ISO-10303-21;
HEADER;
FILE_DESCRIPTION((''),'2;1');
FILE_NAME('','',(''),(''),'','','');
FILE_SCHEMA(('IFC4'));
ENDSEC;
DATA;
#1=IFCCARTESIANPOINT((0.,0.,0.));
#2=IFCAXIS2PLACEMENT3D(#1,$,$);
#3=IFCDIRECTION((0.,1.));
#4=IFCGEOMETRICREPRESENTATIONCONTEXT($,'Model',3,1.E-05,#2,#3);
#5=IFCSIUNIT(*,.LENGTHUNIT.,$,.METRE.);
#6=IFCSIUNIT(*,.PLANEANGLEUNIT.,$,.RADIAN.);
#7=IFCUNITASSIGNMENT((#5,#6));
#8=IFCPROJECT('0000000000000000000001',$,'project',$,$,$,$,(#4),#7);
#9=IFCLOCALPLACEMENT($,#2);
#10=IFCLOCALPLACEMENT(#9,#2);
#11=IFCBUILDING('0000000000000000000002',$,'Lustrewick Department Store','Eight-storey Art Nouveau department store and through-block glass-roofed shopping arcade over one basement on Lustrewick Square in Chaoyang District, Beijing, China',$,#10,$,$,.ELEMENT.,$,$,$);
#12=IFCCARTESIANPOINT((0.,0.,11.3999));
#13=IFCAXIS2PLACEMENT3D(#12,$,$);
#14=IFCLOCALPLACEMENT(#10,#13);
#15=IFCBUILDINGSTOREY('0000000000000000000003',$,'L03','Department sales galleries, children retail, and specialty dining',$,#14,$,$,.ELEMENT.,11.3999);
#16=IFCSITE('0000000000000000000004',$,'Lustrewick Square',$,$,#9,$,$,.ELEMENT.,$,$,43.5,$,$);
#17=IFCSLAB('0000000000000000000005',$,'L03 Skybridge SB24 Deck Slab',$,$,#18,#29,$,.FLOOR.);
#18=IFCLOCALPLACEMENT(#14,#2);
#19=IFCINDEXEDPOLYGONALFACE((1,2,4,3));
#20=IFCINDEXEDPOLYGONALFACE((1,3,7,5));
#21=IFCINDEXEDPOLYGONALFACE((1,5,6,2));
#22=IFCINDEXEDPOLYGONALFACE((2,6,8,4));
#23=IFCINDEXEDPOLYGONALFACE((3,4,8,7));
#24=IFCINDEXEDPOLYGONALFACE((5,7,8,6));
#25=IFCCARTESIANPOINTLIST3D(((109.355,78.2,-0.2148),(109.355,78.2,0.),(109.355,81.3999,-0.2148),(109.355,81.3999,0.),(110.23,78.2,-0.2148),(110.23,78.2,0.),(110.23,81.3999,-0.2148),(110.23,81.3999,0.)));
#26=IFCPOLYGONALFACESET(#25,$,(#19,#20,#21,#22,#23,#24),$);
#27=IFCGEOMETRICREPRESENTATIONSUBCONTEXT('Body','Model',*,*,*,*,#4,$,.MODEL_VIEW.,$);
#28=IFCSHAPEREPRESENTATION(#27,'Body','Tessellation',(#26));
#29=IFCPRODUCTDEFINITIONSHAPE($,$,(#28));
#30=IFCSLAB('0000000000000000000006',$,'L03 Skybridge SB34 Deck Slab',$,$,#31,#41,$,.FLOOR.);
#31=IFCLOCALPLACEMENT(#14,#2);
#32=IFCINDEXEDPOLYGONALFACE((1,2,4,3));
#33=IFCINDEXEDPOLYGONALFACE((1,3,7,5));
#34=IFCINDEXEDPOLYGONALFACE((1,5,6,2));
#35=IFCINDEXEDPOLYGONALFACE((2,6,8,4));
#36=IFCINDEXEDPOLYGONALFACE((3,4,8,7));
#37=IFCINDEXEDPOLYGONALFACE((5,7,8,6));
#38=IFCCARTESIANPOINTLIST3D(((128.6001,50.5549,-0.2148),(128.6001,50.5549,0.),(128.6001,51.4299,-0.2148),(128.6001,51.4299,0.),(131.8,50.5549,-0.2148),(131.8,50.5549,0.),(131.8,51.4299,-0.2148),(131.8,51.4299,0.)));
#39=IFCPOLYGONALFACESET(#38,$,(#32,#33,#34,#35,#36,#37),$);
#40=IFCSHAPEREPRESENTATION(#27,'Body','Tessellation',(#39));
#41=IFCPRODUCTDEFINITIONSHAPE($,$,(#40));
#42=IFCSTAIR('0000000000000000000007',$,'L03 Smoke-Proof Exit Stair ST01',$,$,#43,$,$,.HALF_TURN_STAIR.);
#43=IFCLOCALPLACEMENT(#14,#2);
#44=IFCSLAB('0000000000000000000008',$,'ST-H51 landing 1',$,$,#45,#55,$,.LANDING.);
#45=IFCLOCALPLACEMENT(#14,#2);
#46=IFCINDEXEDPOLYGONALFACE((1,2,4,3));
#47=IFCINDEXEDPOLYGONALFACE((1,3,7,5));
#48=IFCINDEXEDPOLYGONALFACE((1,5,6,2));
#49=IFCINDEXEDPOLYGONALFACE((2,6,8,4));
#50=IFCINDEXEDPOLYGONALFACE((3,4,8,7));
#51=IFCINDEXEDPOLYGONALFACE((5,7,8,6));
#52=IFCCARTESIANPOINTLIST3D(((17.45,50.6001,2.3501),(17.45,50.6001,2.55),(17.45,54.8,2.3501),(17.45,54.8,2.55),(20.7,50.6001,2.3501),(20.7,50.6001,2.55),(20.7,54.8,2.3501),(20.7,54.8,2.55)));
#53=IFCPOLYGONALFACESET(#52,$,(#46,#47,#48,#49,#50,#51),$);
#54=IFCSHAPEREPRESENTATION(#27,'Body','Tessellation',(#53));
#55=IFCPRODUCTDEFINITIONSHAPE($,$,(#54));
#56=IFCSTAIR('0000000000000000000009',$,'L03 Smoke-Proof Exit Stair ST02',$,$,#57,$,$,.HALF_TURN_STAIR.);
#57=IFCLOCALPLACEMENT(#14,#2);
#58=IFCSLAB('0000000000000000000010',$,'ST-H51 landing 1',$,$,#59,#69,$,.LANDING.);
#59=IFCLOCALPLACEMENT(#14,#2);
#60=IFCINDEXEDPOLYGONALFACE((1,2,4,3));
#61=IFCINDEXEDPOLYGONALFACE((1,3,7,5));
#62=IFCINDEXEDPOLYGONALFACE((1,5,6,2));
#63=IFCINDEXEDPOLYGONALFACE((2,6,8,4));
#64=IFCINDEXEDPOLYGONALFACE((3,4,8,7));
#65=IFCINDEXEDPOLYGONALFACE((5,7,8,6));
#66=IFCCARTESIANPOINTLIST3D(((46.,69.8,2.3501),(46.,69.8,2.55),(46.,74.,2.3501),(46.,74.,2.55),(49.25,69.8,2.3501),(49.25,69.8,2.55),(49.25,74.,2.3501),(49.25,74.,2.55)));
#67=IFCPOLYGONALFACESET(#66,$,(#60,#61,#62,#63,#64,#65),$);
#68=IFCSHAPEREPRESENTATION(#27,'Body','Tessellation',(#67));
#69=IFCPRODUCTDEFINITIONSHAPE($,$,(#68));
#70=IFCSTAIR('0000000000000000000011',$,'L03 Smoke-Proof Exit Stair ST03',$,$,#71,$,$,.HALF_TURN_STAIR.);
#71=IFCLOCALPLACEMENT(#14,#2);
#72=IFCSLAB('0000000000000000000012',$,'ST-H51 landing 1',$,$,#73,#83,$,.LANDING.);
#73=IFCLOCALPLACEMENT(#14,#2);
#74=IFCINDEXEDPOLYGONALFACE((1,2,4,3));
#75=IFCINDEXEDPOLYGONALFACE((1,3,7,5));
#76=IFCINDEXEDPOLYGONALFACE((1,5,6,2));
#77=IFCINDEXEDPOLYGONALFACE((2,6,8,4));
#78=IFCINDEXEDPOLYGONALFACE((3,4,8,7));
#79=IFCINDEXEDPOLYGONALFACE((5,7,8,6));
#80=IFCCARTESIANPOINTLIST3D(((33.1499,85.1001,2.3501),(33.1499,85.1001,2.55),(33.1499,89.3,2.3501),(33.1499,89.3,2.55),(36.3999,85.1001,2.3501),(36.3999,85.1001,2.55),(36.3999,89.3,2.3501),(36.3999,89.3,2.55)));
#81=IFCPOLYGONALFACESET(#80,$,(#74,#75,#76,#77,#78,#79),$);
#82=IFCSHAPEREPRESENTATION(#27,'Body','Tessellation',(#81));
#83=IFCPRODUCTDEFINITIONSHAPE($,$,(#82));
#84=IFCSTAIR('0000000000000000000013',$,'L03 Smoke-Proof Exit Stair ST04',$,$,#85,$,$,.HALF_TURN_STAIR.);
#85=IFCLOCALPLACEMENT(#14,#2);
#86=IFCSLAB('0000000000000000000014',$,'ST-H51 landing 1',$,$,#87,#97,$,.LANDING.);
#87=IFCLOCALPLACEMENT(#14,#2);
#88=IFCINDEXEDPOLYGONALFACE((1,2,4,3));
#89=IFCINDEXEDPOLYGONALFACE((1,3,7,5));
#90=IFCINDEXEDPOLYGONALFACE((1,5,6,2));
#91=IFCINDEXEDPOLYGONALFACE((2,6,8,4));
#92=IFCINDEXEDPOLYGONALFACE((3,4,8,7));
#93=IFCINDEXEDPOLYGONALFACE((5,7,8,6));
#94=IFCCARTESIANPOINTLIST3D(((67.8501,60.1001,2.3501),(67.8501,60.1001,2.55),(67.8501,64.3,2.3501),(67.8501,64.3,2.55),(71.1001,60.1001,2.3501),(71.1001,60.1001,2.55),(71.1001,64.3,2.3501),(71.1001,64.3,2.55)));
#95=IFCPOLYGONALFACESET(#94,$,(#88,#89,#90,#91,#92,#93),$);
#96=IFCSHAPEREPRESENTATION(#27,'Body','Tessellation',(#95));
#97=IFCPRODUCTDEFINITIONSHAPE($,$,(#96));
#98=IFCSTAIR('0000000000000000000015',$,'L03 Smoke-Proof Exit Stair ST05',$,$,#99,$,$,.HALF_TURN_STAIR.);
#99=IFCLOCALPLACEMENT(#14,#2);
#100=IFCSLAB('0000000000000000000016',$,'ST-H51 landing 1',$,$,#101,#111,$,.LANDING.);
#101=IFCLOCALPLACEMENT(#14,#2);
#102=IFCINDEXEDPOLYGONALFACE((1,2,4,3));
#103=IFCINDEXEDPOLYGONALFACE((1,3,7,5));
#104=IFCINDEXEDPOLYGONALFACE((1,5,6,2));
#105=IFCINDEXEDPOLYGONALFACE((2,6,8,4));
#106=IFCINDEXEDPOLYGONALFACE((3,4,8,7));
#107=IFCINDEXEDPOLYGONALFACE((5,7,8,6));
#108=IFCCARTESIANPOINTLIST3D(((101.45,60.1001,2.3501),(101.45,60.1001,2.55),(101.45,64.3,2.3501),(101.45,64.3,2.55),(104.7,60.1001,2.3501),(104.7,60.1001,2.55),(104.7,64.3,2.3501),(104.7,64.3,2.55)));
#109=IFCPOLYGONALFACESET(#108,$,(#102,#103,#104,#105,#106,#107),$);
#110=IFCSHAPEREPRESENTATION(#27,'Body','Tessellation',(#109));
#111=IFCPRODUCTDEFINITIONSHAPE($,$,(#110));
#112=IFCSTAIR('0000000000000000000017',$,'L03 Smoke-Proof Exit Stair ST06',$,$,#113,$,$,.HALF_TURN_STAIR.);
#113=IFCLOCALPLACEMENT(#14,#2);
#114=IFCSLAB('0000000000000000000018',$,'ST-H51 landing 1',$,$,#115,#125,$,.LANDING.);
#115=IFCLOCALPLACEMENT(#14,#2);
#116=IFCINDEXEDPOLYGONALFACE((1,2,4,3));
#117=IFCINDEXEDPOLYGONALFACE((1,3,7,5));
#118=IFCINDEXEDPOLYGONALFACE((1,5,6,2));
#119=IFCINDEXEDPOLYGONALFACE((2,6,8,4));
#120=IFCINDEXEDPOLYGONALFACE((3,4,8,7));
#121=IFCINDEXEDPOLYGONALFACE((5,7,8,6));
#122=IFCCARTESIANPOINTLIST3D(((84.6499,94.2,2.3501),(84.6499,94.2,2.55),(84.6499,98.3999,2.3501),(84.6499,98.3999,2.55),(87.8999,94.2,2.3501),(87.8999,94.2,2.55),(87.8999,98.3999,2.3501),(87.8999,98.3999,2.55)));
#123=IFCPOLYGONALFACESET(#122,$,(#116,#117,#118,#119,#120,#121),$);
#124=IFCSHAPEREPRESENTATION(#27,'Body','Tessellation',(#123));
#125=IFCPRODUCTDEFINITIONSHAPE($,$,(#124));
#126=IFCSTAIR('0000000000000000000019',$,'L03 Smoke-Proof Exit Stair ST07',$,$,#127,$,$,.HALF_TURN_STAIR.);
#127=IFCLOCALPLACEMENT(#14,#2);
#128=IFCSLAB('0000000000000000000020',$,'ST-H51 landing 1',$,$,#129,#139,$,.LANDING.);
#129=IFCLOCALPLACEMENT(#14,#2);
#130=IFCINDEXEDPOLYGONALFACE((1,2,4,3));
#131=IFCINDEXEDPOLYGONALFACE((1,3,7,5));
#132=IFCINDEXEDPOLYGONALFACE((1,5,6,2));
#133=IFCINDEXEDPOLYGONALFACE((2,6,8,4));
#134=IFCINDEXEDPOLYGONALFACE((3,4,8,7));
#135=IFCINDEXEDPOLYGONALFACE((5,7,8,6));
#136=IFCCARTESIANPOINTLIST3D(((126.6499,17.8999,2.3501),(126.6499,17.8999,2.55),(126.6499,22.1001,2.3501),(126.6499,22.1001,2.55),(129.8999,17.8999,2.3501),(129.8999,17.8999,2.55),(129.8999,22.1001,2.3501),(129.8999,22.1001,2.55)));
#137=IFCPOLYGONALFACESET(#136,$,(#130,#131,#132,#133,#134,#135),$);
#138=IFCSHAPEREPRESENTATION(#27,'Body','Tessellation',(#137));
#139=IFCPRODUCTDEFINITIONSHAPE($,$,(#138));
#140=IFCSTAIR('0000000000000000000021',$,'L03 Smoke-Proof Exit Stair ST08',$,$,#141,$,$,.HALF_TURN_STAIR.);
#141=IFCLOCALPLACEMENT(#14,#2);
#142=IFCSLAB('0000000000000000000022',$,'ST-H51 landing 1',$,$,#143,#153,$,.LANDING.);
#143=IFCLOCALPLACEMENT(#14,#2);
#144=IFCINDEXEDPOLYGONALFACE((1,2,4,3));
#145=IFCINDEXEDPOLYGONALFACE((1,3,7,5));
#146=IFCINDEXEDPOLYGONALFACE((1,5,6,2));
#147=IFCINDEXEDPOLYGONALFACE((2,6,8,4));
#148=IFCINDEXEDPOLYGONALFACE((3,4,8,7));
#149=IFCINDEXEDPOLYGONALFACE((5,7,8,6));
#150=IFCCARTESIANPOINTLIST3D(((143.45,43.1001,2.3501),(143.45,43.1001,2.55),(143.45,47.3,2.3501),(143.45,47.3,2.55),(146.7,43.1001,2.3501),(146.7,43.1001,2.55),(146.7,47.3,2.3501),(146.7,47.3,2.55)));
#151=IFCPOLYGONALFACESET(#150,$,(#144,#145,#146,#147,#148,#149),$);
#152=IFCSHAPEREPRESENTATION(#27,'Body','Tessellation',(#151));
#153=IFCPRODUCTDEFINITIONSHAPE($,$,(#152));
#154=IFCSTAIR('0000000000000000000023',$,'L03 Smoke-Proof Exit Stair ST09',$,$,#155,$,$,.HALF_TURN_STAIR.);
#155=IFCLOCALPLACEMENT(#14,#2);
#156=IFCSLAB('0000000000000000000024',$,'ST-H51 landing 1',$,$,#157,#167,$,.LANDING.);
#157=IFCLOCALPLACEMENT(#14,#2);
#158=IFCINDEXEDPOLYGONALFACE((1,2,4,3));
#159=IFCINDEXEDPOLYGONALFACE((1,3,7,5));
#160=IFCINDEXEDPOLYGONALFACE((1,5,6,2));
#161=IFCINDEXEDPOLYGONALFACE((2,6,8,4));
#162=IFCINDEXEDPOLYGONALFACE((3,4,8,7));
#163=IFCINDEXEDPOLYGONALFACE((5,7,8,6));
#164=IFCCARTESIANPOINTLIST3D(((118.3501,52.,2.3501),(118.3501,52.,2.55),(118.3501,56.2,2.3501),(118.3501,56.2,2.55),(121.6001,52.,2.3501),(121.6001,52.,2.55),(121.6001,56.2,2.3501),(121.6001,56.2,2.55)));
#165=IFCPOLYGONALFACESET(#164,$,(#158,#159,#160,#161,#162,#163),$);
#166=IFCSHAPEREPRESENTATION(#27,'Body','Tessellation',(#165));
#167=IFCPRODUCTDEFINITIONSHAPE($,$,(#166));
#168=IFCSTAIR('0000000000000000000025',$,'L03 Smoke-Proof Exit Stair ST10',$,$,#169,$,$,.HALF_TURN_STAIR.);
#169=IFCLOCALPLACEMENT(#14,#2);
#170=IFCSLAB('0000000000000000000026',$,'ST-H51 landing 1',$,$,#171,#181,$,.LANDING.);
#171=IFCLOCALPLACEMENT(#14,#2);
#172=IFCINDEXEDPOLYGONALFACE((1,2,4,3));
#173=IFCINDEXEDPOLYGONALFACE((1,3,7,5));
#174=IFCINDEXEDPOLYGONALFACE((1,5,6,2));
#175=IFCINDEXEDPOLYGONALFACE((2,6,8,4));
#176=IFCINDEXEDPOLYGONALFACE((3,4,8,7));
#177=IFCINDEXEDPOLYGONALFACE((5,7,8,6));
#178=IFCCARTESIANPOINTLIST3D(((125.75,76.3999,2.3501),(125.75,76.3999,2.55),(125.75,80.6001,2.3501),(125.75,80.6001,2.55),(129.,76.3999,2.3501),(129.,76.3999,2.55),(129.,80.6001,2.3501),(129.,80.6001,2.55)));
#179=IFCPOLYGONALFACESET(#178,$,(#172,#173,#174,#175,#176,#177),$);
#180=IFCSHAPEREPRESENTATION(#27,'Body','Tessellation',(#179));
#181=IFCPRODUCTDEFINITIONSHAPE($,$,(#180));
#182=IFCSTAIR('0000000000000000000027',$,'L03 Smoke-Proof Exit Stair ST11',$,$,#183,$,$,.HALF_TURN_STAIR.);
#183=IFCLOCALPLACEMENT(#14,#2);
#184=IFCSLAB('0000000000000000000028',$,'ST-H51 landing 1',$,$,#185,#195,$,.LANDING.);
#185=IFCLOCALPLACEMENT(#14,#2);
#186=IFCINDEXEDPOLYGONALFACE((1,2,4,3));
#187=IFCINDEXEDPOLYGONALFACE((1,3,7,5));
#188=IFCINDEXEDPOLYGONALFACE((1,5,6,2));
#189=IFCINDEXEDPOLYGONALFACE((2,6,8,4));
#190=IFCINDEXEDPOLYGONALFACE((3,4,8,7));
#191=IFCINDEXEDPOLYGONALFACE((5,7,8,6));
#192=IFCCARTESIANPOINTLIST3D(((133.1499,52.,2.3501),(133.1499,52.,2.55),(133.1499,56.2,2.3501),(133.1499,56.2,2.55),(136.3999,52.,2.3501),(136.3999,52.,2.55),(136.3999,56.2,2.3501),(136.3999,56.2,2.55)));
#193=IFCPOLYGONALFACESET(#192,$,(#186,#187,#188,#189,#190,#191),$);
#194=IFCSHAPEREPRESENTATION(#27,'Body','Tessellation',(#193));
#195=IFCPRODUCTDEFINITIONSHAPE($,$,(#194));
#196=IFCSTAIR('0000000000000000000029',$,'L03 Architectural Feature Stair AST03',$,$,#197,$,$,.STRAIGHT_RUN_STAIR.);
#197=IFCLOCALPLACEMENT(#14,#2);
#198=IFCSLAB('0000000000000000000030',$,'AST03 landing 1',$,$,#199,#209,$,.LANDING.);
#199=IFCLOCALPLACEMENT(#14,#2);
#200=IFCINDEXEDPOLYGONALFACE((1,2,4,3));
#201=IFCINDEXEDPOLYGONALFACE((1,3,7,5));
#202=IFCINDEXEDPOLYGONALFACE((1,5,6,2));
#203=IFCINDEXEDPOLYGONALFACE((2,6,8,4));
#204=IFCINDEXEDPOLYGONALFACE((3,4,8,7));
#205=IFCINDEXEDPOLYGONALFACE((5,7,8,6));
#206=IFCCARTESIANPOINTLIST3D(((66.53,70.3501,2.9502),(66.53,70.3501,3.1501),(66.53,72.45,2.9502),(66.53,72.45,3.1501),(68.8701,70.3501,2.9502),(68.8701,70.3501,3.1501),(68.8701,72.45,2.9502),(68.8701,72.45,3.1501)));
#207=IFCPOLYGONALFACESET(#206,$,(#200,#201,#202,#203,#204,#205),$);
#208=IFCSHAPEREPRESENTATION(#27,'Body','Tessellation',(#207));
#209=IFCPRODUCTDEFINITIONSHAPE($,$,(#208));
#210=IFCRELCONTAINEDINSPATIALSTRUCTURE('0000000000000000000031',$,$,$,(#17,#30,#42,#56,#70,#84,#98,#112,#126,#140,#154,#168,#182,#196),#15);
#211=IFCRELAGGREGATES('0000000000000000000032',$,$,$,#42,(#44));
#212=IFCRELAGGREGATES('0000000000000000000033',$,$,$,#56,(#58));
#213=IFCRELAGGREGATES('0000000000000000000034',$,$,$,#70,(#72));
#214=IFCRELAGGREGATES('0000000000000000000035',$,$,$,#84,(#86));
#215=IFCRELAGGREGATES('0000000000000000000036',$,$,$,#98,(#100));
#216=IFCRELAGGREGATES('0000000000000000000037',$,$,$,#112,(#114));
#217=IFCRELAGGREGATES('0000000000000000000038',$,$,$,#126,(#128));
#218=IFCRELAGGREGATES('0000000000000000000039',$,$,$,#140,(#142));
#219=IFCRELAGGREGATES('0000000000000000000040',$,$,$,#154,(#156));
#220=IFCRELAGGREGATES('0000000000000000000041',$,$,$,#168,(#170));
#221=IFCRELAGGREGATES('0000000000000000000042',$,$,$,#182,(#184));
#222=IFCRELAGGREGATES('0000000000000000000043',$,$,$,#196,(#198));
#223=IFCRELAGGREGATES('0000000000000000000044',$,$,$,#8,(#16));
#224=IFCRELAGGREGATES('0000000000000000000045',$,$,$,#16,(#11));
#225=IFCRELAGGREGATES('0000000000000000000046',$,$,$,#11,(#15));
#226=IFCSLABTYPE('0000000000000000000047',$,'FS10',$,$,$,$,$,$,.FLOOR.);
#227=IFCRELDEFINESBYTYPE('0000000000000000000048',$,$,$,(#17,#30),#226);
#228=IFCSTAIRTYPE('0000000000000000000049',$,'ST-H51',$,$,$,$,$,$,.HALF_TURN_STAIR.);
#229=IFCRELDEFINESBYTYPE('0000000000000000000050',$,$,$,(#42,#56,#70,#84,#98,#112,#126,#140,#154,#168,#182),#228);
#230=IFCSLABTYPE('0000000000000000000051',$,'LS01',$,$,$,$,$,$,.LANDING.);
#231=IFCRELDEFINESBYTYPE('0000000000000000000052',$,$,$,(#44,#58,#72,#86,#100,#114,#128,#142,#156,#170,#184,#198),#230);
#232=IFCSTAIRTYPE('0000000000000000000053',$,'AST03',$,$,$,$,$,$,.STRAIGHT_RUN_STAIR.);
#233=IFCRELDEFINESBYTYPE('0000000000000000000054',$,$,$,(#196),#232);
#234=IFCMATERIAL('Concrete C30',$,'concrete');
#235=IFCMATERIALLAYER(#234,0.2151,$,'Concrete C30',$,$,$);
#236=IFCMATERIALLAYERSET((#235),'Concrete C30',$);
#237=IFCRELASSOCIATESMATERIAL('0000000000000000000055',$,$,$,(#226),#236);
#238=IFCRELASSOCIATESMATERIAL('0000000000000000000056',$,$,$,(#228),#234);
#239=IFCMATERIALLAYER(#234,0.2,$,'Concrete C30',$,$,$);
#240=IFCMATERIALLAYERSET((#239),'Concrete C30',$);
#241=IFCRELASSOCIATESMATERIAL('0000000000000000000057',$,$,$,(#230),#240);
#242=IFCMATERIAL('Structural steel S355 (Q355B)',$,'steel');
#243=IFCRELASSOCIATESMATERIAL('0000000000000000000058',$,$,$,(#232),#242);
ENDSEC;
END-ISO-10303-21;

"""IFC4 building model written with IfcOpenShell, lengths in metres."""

from ifc_helpers import new_model, si_unit, direction, frame, origin, place, context, subcontext, project, spatial, polyline, outline, extrude, material, layer, layer_set, type_object, element, aggregate, save


model = new_model("IFC4")

# Units and contexts
model_context = context("Model", 3, precision=1e-05, world=origin(), true_north=direction((0.0, 1.0)))
body_context = subcontext(model_context, "Body", "Model", "MODEL_VIEW")
ifc_project = project(units=[si_unit("LENGTHUNIT", "METRE"), si_unit("PLANEANGLEUNIT", "RADIAN")], contexts=[model_context])

# Site, building, storey
site_placement = place(None, origin())
site = spatial("IfcSite", under=ifc_project, at=site_placement, Name="Lustrewick Square", CompositionType="ELEMENT", RefElevation=43.5)
building_placement = place(site_placement, origin())
building = spatial("IfcBuilding", under=site, at=building_placement, Name="Lustrewick Department Store", Description="Eight-storey Art Nouveau department store and through-block glass-roofed shopping arcade over one basement on Lustrewick Square in Chaoyang District, Beijing, China", CompositionType="ELEMENT")
storey_placement = place(building_placement, frame((0.0, 0.0, 11.3999)))
storey = spatial("IfcBuildingStorey", under=building, at=storey_placement, Name="L03", Description="Department sales galleries, children retail, and specialty dining", CompositionType="ELEMENT", Elevation=11.3999)

# Slabs
ifc_material_1 = material(Name="Concrete C30", Category="concrete")
ifc_layer_1 = layer(ifc_material_1, 0.2151, Name="Concrete C30")
ifc_layer_set_1 = layer_set([ifc_layer_1], Name="Concrete C30")
slab_type_1 = type_object("IfcSlabType", Name="FS10", PredefinedType="FLOOR", material=ifc_layer_set_1)
slab_1_placement = place(storey_placement, frame((0.0, 0.0, -0.2148)))
element("IfcSlab", 1, at=slab_1_placement, inside=storey, type_object=slab_type_1, Name="L03 Skybridge SB24 Deck Slab", PredefinedType="FLOOR", context=body_context, shape_type="SweptSolid", body=[
    extrude(outline(polyline([(110.23, 78.2), (110.23, 81.3999), (109.355, 81.3999), (109.355, 78.2), (110.23, 78.2)])), origin(), (0.0, 0.0, 1.0), 0.2148),
])
slab_2_placement = place(storey_placement, frame((0.0, 0.0, -0.2148)))
element("IfcSlab", 2, at=slab_2_placement, inside=storey, type_object=slab_type_1, Name="L03 Skybridge SB34 Deck Slab", PredefinedType="FLOOR", context=body_context, shape_type="SweptSolid", body=[
    extrude(outline(polyline([(131.8, 50.5549), (131.8, 51.4299), (128.6001, 51.4299), (128.6001, 50.5549), (131.8, 50.5549)])), origin(), (0.0, 0.0, 1.0), 0.2148),
])

# Stairs, slabs
stair_type_1 = type_object("IfcStairType", Name="ST-H51", PredefinedType="HALF_TURN_STAIR", material=ifc_material_1)
stair_1_placement = place(storey_placement, origin())
stair_1 = element("IfcStair", 3, at=stair_1_placement, inside=storey, type_object=stair_type_1, Name="L03 Smoke-Proof Exit Stair ST01", PredefinedType="HALF_TURN_STAIR")
ifc_layer_2 = layer(ifc_material_1, 0.2, Name="Concrete C30")
ifc_layer_set_2 = layer_set([ifc_layer_2], Name="Concrete C30")
slab_type_2 = type_object("IfcSlabType", Name="LS01", PredefinedType="LANDING", material=ifc_layer_set_2)
slab_3_placement = place(storey_placement, frame((0.0, 0.0, 2.3501)))
slab_3 = element("IfcSlab", 4, at=slab_3_placement, type_object=slab_type_2, Name="ST-H51 landing 1", PredefinedType="LANDING", context=body_context, shape_type="SweptSolid", body=[
    extrude(outline(polyline([(17.45, 50.6001), (20.7, 50.6001), (20.7, 54.8), (17.45, 54.8), (17.45, 50.6001)])), origin(), (0.0, 0.0, 1.0), 0.2),
])
aggregate(stair_1, [slab_3])
stair_2_placement = place(storey_placement, origin())
stair_2 = element("IfcStair", 5, at=stair_2_placement, inside=storey, type_object=stair_type_1, Name="L03 Smoke-Proof Exit Stair ST02", PredefinedType="HALF_TURN_STAIR")
slab_4_placement = place(storey_placement, frame((0.0, 0.0, 2.3501)))
slab_4 = element("IfcSlab", 6, at=slab_4_placement, type_object=slab_type_2, Name="ST-H51 landing 1", PredefinedType="LANDING", context=body_context, shape_type="SweptSolid", body=[
    extrude(outline(polyline([(49.25, 74.0), (46.0, 74.0), (46.0, 69.8), (49.25, 69.8), (49.25, 74.0)])), origin(), (0.0, 0.0, 1.0), 0.2),
])
aggregate(stair_2, [slab_4])
stair_3_placement = place(storey_placement, origin())
stair_3 = element("IfcStair", 7, at=stair_3_placement, inside=storey, type_object=stair_type_1, Name="L03 Smoke-Proof Exit Stair ST03", PredefinedType="HALF_TURN_STAIR")
slab_5_placement = place(storey_placement, frame((0.0, 0.0, 2.3501)))
slab_5 = element("IfcSlab", 8, at=slab_5_placement, type_object=slab_type_2, Name="ST-H51 landing 1", PredefinedType="LANDING", context=body_context, shape_type="SweptSolid", body=[
    extrude(outline(polyline([(33.1499, 85.1001), (36.3999, 85.1001), (36.3999, 89.3), (33.1499, 89.3), (33.1499, 85.1001)])), origin(), (0.0, 0.0, 1.0), 0.2),
])
aggregate(stair_3, [slab_5])
stair_4_placement = place(storey_placement, origin())
stair_4 = element("IfcStair", 9, at=stair_4_placement, inside=storey, type_object=stair_type_1, Name="L03 Smoke-Proof Exit Stair ST04", PredefinedType="HALF_TURN_STAIR")
slab_6_placement = place(storey_placement, frame((0.0, 0.0, 2.3501)))
slab_6 = element("IfcSlab", 10, at=slab_6_placement, type_object=slab_type_2, Name="ST-H51 landing 1", PredefinedType="LANDING", context=body_context, shape_type="SweptSolid", body=[
    extrude(outline(polyline([(67.8501, 60.1001), (71.1001, 60.1001), (71.1001, 64.3), (67.8501, 64.3), (67.8501, 60.1001)])), origin(), (0.0, 0.0, 1.0), 0.2),
])
aggregate(stair_4, [slab_6])
stair_5_placement = place(storey_placement, origin())
stair_5 = element("IfcStair", 11, at=stair_5_placement, inside=storey, type_object=stair_type_1, Name="L03 Smoke-Proof Exit Stair ST05", PredefinedType="HALF_TURN_STAIR")
slab_7_placement = place(storey_placement, frame((0.0, 0.0, 2.3501)))
slab_7 = element("IfcSlab", 12, at=slab_7_placement, type_object=slab_type_2, Name="ST-H51 landing 1", PredefinedType="LANDING", context=body_context, shape_type="SweptSolid", body=[
    extrude(outline(polyline([(101.45, 60.1001), (104.7, 60.1001), (104.7, 64.3), (101.45, 64.3), (101.45, 60.1001)])), origin(), (0.0, 0.0, 1.0), 0.2),
])
aggregate(stair_5, [slab_7])
stair_6_placement = place(storey_placement, origin())
stair_6 = element("IfcStair", 13, at=stair_6_placement, inside=storey, type_object=stair_type_1, Name="L03 Smoke-Proof Exit Stair ST06", PredefinedType="HALF_TURN_STAIR")
slab_8_placement = place(storey_placement, frame((0.0, 0.0, 2.3501)))
slab_8 = element("IfcSlab", 14, at=slab_8_placement, type_object=slab_type_2, Name="ST-H51 landing 1", PredefinedType="LANDING", context=body_context, shape_type="SweptSolid", body=[
    extrude(outline(polyline([(84.6499, 94.2), (87.8999, 94.2), (87.8999, 98.3999), (84.6499, 98.3999), (84.6499, 94.2)])), origin(), (0.0, 0.0, 1.0), 0.2),
])
aggregate(stair_6, [slab_8])
stair_7_placement = place(storey_placement, origin())
stair_7 = element("IfcStair", 15, at=stair_7_placement, inside=storey, type_object=stair_type_1, Name="L03 Smoke-Proof Exit Stair ST07", PredefinedType="HALF_TURN_STAIR")
slab_9_placement = place(storey_placement, frame((0.0, 0.0, 2.3501)))
slab_9 = element("IfcSlab", 16, at=slab_9_placement, type_object=slab_type_2, Name="ST-H51 landing 1", PredefinedType="LANDING", context=body_context, shape_type="SweptSolid", body=[
    extrude(outline(polyline([(126.6499, 17.8999), (129.8999, 17.8999), (129.8999, 22.1001), (126.6499, 22.1001), (126.6499, 17.8999)])), origin(), (0.0, 0.0, 1.0), 0.2),
])
aggregate(stair_7, [slab_9])
stair_8_placement = place(storey_placement, origin())
stair_8 = element("IfcStair", 17, at=stair_8_placement, inside=storey, type_object=stair_type_1, Name="L03 Smoke-Proof Exit Stair ST08", PredefinedType="HALF_TURN_STAIR")
slab_10_placement = place(storey_placement, frame((0.0, 0.0, 2.3501)))
slab_10 = element("IfcSlab", 18, at=slab_10_placement, type_object=slab_type_2, Name="ST-H51 landing 1", PredefinedType="LANDING", context=body_context, shape_type="SweptSolid", body=[
    extrude(outline(polyline([(143.45, 43.1001), (146.7, 43.1001), (146.7, 47.3), (143.45, 47.3), (143.45, 43.1001)])), origin(), (0.0, 0.0, 1.0), 0.2),
])
aggregate(stair_8, [slab_10])
stair_9_placement = place(storey_placement, origin())
stair_9 = element("IfcStair", 19, at=stair_9_placement, inside=storey, type_object=stair_type_1, Name="L03 Smoke-Proof Exit Stair ST09", PredefinedType="HALF_TURN_STAIR")
slab_11_placement = place(storey_placement, frame((0.0, 0.0, 2.3501)))
slab_11 = element("IfcSlab", 20, at=slab_11_placement, type_object=slab_type_2, Name="ST-H51 landing 1", PredefinedType="LANDING", context=body_context, shape_type="SweptSolid", body=[
    extrude(outline(polyline([(118.3501, 52.0), (121.6001, 52.0), (121.6001, 56.2), (118.3501, 56.2), (118.3501, 52.0)])), origin(), (0.0, 0.0, 1.0), 0.2),
])
aggregate(stair_9, [slab_11])
stair_10_placement = place(storey_placement, origin())
stair_10 = element("IfcStair", 21, at=stair_10_placement, inside=storey, type_object=stair_type_1, Name="L03 Smoke-Proof Exit Stair ST10", PredefinedType="HALF_TURN_STAIR")
slab_12_placement = place(storey_placement, frame((0.0, 0.0, 2.3501)))
slab_12 = element("IfcSlab", 22, at=slab_12_placement, type_object=slab_type_2, Name="ST-H51 landing 1", PredefinedType="LANDING", context=body_context, shape_type="SweptSolid", body=[
    extrude(outline(polyline([(125.75, 76.3999), (129.0, 76.3999), (129.0, 80.6001), (125.75, 80.6001), (125.75, 76.3999)])), origin(), (0.0, 0.0, 1.0), 0.2),
])
aggregate(stair_10, [slab_12])
stair_11_placement = place(storey_placement, origin())
stair_11 = element("IfcStair", 23, at=stair_11_placement, inside=storey, type_object=stair_type_1, Name="L03 Smoke-Proof Exit Stair ST11", PredefinedType="HALF_TURN_STAIR")
slab_13_placement = place(storey_placement, frame((0.0, 0.0, 2.3501)))
slab_13 = element("IfcSlab", 24, at=slab_13_placement, type_object=slab_type_2, Name="ST-H51 landing 1", PredefinedType="LANDING", context=body_context, shape_type="SweptSolid", body=[
    extrude(outline(polyline([(133.1499, 52.0), (136.3999, 52.0), (136.3999, 56.2), (133.1499, 56.2), (133.1499, 52.0)])), origin(), (0.0, 0.0, 1.0), 0.2),
])
aggregate(stair_11, [slab_13])
ifc_material_2 = material(Name="Structural steel S355 (Q355B)", Category="steel")
stair_type_2 = type_object("IfcStairType", Name="AST03", PredefinedType="STRAIGHT_RUN_STAIR", material=ifc_material_2)
stair_12_placement = place(storey_placement, origin())
stair_12 = element("IfcStair", 25, at=stair_12_placement, inside=storey, type_object=stair_type_2, Name="L03 Architectural Feature Stair AST03", PredefinedType="STRAIGHT_RUN_STAIR")
slab_14_placement = place(storey_placement, frame((0.0, 0.0, 2.9502)))
slab_14 = element("IfcSlab", 26, at=slab_14_placement, type_object=slab_type_2, Name="AST03 landing 1", PredefinedType="LANDING", context=body_context, shape_type="SweptSolid", body=[
    extrude(outline(polyline([(68.8701, 70.3501), (68.8701, 72.45), (66.53, 72.45), (66.53, 70.3501), (68.8701, 70.3501)])), origin(), (0.0, 0.0, 1.0), 0.2),
])
aggregate(stair_12, [slab_14])

save(model, "model.ifc")
